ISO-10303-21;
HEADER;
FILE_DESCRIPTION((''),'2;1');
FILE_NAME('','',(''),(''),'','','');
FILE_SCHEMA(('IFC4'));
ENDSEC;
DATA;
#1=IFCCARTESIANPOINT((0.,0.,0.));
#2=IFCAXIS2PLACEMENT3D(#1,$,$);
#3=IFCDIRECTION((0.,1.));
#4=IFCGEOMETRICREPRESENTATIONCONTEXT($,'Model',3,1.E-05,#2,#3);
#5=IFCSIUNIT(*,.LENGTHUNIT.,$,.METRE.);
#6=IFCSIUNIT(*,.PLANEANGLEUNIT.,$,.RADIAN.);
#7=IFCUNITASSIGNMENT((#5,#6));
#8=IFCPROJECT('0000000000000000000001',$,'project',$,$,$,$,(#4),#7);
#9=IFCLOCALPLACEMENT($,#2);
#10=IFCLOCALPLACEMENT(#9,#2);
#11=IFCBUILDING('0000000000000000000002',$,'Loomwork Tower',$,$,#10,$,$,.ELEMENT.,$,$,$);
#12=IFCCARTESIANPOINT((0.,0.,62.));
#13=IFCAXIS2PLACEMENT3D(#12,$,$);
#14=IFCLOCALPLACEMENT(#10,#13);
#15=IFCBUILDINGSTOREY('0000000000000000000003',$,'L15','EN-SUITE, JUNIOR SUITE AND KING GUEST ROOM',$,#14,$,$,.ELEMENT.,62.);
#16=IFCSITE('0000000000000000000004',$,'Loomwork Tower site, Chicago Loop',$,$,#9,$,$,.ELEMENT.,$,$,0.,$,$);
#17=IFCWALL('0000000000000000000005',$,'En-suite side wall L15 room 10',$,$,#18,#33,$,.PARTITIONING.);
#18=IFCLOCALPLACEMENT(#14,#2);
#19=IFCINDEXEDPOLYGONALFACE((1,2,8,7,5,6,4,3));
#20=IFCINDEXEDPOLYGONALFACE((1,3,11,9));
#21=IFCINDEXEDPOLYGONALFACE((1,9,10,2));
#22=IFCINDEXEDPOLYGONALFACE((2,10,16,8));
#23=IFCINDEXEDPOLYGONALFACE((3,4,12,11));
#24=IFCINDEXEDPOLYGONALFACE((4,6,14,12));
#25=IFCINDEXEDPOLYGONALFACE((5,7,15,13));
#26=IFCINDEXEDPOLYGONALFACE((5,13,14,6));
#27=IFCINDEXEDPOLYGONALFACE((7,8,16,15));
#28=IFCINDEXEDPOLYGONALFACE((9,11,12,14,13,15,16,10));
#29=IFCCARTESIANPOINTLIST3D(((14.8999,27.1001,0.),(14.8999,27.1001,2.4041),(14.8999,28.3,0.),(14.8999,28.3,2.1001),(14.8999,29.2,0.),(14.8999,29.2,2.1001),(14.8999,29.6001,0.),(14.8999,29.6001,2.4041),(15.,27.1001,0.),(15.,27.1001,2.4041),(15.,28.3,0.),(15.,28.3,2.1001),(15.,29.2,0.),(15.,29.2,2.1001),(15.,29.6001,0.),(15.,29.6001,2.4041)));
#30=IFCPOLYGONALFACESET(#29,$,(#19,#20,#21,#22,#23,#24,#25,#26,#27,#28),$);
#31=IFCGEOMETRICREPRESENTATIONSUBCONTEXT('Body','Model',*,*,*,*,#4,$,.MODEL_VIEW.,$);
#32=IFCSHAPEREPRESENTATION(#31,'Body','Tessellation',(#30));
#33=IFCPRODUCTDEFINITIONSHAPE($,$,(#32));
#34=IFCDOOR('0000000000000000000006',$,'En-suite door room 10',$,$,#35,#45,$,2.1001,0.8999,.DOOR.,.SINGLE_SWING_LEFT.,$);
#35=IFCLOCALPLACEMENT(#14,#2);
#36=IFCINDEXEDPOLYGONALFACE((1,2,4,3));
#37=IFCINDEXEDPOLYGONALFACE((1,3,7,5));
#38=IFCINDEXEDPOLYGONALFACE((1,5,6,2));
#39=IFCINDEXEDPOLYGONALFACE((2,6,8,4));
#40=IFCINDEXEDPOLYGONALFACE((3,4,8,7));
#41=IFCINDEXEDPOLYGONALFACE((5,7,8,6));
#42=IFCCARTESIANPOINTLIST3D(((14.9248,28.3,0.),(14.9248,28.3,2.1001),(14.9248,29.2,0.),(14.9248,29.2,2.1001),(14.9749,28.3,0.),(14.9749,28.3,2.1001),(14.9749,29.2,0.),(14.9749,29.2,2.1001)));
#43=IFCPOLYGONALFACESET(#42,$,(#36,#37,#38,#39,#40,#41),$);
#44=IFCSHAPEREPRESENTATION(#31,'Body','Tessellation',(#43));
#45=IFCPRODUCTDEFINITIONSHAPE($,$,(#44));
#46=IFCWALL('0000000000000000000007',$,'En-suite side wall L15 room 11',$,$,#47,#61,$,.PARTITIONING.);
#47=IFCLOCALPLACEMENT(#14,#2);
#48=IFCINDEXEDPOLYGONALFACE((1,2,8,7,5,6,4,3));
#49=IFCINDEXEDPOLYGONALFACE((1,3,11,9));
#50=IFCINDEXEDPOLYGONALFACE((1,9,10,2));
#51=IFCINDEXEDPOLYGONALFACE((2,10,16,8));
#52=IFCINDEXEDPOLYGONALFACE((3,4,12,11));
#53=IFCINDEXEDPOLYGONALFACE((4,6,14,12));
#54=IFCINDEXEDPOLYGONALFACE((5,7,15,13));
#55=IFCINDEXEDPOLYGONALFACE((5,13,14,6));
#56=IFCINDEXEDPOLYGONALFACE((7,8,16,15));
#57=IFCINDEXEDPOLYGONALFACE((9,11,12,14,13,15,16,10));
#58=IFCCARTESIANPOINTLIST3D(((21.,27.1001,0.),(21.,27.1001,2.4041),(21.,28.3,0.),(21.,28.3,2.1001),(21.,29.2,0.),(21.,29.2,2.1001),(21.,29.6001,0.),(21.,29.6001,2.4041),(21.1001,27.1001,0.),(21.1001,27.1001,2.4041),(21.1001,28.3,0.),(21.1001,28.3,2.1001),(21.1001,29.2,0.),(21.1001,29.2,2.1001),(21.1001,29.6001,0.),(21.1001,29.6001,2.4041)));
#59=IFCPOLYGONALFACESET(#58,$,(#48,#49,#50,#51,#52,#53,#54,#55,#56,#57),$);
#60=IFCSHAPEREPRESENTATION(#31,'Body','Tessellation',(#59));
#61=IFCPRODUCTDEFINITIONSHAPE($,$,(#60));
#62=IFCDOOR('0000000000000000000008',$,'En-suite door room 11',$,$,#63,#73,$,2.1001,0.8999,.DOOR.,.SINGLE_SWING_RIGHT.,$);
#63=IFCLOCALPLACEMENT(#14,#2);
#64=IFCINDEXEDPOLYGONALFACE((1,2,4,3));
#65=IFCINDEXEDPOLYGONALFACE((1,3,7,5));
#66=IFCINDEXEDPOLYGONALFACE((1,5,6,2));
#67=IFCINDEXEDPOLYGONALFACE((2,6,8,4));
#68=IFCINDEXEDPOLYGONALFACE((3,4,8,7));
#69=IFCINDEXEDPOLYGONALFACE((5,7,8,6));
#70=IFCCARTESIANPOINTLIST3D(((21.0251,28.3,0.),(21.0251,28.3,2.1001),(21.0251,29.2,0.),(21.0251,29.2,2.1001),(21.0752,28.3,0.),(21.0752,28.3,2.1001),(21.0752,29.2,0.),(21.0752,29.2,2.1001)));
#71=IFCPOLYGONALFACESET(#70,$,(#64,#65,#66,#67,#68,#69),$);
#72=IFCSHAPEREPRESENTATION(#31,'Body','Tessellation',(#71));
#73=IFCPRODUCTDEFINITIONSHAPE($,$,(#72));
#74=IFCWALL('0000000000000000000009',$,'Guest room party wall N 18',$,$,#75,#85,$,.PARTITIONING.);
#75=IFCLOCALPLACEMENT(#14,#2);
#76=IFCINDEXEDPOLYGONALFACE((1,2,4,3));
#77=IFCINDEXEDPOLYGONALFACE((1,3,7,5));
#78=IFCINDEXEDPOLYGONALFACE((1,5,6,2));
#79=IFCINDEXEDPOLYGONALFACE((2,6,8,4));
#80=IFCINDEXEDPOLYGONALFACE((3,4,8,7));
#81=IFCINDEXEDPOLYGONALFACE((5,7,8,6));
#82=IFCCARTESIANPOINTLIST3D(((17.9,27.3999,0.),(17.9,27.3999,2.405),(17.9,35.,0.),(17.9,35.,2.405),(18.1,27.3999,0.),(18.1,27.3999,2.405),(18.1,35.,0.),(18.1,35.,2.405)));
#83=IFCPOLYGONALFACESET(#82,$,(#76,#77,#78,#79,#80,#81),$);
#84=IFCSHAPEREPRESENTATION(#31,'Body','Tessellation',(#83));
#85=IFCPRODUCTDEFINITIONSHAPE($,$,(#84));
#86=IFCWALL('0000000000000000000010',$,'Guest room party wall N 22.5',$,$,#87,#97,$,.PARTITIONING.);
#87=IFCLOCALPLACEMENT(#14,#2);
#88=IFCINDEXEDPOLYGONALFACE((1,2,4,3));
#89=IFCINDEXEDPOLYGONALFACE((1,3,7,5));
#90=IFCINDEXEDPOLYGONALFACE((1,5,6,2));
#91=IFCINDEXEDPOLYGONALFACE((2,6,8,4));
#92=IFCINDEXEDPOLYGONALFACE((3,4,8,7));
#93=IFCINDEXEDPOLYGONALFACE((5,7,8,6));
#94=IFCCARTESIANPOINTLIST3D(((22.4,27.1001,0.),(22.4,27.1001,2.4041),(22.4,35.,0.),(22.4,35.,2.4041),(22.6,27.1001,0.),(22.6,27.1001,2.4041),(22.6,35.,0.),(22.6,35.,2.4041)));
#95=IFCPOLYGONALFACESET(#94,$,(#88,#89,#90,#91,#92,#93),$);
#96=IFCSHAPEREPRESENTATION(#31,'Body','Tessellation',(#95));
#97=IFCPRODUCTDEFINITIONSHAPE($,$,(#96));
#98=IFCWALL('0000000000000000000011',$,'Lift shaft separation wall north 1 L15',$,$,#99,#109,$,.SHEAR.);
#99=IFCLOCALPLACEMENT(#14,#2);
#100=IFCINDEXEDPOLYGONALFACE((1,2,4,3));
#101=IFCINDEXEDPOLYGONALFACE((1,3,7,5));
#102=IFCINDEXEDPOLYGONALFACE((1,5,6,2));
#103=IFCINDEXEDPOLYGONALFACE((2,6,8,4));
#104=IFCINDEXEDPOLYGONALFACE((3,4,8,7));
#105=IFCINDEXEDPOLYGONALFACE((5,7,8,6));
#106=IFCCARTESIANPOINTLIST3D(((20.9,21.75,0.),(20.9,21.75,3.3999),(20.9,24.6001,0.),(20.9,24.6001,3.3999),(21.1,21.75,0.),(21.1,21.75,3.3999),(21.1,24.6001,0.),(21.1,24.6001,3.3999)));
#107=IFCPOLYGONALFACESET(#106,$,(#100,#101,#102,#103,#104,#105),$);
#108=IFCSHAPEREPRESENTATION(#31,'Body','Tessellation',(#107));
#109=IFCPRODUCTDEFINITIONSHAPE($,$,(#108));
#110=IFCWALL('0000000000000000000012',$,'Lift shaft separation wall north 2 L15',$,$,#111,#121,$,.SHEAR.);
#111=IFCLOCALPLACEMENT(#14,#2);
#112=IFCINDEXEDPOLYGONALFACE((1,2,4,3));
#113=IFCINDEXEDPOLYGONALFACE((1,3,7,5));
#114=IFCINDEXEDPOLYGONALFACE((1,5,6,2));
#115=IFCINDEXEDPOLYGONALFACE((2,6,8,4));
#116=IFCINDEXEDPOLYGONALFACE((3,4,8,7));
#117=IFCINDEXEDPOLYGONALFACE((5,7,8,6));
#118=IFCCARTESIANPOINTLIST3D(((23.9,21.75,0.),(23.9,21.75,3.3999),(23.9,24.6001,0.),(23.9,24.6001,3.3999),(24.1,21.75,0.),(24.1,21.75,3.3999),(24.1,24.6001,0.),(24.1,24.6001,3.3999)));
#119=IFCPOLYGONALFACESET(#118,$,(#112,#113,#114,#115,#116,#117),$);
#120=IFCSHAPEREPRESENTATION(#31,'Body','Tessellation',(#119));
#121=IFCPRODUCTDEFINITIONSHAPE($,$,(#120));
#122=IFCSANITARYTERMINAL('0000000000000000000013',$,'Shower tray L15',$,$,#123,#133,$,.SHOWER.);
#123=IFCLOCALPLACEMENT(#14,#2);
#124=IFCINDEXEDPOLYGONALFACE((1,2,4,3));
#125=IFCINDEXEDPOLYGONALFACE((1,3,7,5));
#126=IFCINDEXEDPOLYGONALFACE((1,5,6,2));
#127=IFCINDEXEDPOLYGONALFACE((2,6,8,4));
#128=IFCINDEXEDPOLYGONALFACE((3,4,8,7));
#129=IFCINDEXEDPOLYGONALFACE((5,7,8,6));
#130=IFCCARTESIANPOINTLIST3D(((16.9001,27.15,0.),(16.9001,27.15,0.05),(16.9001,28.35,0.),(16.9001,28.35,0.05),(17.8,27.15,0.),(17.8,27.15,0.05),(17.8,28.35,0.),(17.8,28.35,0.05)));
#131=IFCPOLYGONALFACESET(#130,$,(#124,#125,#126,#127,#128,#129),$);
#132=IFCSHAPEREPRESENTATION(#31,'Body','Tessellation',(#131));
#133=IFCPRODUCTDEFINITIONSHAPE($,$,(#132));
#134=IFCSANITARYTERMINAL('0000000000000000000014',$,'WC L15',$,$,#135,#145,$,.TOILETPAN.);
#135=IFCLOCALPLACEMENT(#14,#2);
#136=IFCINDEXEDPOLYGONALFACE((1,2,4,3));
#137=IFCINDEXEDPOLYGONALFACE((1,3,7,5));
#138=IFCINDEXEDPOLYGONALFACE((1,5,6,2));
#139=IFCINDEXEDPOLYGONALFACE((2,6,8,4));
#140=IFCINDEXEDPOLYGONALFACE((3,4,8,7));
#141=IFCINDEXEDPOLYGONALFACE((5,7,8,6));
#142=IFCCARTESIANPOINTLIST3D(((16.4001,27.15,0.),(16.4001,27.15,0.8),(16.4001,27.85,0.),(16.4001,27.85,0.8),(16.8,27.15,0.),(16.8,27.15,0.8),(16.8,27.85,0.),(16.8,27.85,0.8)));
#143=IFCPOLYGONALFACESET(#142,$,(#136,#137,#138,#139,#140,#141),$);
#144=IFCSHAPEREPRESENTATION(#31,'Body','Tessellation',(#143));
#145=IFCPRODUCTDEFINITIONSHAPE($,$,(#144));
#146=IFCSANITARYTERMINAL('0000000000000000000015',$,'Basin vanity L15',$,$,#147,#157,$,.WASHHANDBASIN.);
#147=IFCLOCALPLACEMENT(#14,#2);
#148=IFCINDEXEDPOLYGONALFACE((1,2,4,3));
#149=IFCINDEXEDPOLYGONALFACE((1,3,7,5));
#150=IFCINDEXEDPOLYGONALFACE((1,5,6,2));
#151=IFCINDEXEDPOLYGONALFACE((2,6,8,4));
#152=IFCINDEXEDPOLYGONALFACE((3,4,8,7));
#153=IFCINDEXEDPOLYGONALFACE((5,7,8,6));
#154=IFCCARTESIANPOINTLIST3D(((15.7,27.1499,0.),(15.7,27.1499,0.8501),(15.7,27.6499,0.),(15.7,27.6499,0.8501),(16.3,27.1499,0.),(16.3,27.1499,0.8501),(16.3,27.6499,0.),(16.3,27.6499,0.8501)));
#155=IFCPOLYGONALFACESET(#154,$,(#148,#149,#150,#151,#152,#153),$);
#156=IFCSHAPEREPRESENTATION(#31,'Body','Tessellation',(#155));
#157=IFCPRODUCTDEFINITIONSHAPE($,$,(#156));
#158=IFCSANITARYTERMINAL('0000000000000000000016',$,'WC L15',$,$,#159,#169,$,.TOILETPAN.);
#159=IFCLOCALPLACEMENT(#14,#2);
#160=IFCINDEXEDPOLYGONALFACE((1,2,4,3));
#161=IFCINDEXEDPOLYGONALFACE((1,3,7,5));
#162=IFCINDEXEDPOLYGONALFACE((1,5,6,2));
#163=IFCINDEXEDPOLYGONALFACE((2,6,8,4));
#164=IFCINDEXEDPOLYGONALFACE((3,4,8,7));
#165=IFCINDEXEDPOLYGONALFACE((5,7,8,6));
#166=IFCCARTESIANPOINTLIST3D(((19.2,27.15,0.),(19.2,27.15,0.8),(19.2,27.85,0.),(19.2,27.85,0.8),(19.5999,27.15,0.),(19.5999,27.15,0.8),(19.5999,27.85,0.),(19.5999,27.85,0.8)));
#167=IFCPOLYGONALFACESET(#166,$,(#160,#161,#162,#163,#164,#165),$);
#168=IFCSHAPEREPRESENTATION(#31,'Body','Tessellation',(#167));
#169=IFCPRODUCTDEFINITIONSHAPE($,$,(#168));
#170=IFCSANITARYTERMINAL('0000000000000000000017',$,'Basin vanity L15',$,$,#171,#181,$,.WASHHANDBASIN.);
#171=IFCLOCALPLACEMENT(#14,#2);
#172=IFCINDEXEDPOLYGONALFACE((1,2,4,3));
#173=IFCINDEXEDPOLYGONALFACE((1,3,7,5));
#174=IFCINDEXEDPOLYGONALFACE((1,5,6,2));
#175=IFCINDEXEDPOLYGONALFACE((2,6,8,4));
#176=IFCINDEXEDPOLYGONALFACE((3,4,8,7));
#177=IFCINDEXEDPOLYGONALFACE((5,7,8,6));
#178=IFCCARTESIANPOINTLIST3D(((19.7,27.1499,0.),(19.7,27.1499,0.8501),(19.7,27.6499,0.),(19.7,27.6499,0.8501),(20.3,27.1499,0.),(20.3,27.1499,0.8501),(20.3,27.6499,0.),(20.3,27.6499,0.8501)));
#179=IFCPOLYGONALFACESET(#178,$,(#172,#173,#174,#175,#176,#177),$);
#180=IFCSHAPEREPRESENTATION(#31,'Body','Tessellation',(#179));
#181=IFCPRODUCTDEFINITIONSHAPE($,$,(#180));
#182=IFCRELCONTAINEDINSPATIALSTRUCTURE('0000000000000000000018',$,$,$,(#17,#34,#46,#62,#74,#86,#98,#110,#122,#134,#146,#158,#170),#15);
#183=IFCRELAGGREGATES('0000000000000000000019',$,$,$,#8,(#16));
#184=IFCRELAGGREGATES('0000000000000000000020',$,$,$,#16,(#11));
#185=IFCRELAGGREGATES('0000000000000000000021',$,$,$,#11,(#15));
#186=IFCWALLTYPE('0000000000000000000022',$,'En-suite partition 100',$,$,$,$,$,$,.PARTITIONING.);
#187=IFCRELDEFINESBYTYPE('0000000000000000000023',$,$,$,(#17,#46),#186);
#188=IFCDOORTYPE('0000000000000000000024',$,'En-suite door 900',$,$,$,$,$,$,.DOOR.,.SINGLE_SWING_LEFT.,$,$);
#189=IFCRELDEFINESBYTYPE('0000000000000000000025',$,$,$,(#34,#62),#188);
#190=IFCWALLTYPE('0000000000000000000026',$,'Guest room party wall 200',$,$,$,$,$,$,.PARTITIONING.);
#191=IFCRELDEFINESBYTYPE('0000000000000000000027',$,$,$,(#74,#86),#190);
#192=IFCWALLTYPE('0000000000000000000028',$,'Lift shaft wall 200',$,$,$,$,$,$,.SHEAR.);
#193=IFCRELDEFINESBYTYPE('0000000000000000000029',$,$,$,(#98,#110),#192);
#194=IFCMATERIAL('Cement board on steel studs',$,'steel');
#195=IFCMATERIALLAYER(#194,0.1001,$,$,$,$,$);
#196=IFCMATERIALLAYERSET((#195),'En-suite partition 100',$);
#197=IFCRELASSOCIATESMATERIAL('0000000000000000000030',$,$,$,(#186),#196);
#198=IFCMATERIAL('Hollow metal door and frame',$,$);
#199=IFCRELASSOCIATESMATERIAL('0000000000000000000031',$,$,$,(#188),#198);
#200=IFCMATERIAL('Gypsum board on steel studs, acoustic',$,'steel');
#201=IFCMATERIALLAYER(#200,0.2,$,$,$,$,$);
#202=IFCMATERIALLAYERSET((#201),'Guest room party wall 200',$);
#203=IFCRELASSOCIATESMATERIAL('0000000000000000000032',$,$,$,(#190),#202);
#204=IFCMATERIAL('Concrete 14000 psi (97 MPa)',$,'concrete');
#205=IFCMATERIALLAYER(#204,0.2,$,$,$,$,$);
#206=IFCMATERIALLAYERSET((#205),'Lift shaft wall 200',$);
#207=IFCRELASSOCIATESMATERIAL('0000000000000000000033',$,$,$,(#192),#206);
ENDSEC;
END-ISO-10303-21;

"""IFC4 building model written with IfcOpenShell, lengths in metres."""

from ifc_helpers import new_model, si_unit, direction, frame, frame_2d, origin, origin_2d, place, context, subcontext, project, spatial, rectangle, extrude, material, layer, layer_set, type_object, element, fill, save


model = new_model("IFC4")

# Units and contexts
model_context = context("Model", 3, precision=1e-05, world=origin(), true_north=direction((0.0, 1.0)))
body_context = subcontext(model_context, "Body", "Model", "MODEL_VIEW")
ifc_project = project(units=[si_unit("LENGTHUNIT", "METRE"), si_unit("PLANEANGLEUNIT", "RADIAN")], contexts=[model_context])

# Site, building, storey
site_placement = place(None, origin())
site = spatial("IfcSite", under=ifc_project, at=site_placement, Name="Loomwork Tower site, Chicago Loop", CompositionType="ELEMENT", RefElevation=0.0)
building_placement = place(site_placement, origin())
building = spatial("IfcBuilding", under=site, at=building_placement, Name="Loomwork Tower", CompositionType="ELEMENT")
storey_placement = place(building_placement, frame((0.0, 0.0, 62.0)))
storey = spatial("IfcBuildingStorey", under=building, at=storey_placement, Name="L15", Description="EN-SUITE, JUNIOR SUITE AND KING GUEST ROOM", CompositionType="ELEMENT", Elevation=62.0)

# Walls, openings, doors
ifc_material_1 = material(Name="Cement board on steel studs", Category="steel")
ifc_layer_1 = layer(ifc_material_1, 0.1001)
ifc_layer_set_1 = layer_set([ifc_layer_1], Name="En-suite partition 100")
wall_type_1 = type_object("IfcWallType", Name="En-suite partition 100", PredefinedType="PARTITIONING", material=ifc_layer_set_1)
wall_1_placement = place(storey_placement, frame((14.95, 27.1001, 0.0), z_axis=(0.0, 0.0, 1.0), x_axis=(0.0, 1.0, 0.0)))
wall_1 = element("IfcWall", 1, at=wall_1_placement, inside=storey, type_object=wall_type_1, Name="En-suite side wall L15 room 10", PredefinedType="PARTITIONING", context=body_context, shape_type="SweptSolid", body=[
    extrude(rectangle(XDim=2.5, YDim=0.1001, at=frame_2d((1.25, 0.0))), origin(), (0.0, 0.0, 1.0), 2.4041),
])
opening_1_placement = place(wall_1_placement, frame((1.2, 0.0, 0.0)))
opening_1 = element("IfcOpeningElement", 2, at=opening_1_placement, cuts=wall_1, PredefinedType="OPENING", context=body_context, shape_type="SweptSolid", body=[
    extrude(rectangle(XDim=0.8999, YDim=2.1001, at=frame_2d((0.45, 1.05))), frame((0.0, 0.0601, 0.0), z_axis=(0.0, -1.0, 0.0), x_axis=(1.0, 0.0, 0.0)), (0.0, 0.0, 1.0), 0.1201),
])
ifc_material_2 = material(Name="Hollow metal door and frame")
door_type_1 = type_object("IfcDoorType", Name="En-suite door 900", OperationType="SINGLE_SWING_LEFT", PredefinedType="DOOR", material=ifc_material_2)
door_1_placement = place(opening_1_placement, frame((0.8999, 0.0, 0.0), z_axis=(0.0, 0.0, 1.0), x_axis=(-1.0, 0.0, 0.0)))
door_1 = element("IfcDoor", 3, at=door_1_placement, inside=storey, type_object=door_type_1, Name="En-suite door room 10", OperationType="SINGLE_SWING_LEFT", OverallHeight=2.1001, OverallWidth=0.8999, PredefinedType="DOOR", context=body_context, shape_type="SweptSolid", body=[
    extrude(rectangle(XDim=0.8999, YDim=2.1001, at=frame_2d((0.45, 1.05))), frame((0.0, 0.0249, 0.0), z_axis=(0.0, -1.0, 0.0), x_axis=(1.0, 0.0, 0.0)), (0.0, 0.0, 1.0), 0.05),
])
fill(opening_1, door_1)
wall_2_placement = place(storey_placement, frame((21.05, 27.1001, 0.0), z_axis=(0.0, 0.0, 1.0), x_axis=(0.0, 1.0, 0.0)))
wall_2 = element("IfcWall", 4, at=wall_2_placement, inside=storey, type_object=wall_type_1, Name="En-suite side wall L15 room 11", PredefinedType="PARTITIONING", context=body_context, shape_type="SweptSolid", body=[
    extrude(rectangle(XDim=2.5, YDim=0.1001, at=frame_2d((1.25, 0.0))), origin(), (0.0, 0.0, 1.0), 2.4041),
])
opening_2_placement = place(wall_2_placement, frame((1.2, 0.0, 0.0)))
opening_2 = element("IfcOpeningElement", 5, at=opening_2_placement, cuts=wall_2, PredefinedType="OPENING", context=body_context, shape_type="SweptSolid", body=[
    extrude(rectangle(XDim=0.8999, YDim=2.1001, at=frame_2d((0.45, 1.05))), frame((0.0, 0.0601, 0.0), z_axis=(0.0, -1.0, 0.0), x_axis=(1.0, 0.0, 0.0)), (0.0, 0.0, 1.0), 0.1201),
])
door_2_placement = place(opening_2_placement, origin())
door_2 = element("IfcDoor", 6, at=door_2_placement, inside=storey, type_object=door_type_1, Name="En-suite door room 11", OperationType="SINGLE_SWING_RIGHT", OverallHeight=2.1001, OverallWidth=0.8999, PredefinedType="DOOR", context=body_context, shape_type="SweptSolid", body=[
    extrude(rectangle(XDim=0.8999, YDim=2.1001, at=frame_2d((0.45, 1.05))), frame((0.0, 0.0249, 0.0), z_axis=(0.0, -1.0, 0.0), x_axis=(1.0, 0.0, 0.0)), (0.0, 0.0, 1.0), 0.05),
])
fill(opening_2, door_2)

# Walls
ifc_material_3 = material(Name="Gypsum board on steel studs, acoustic", Category="steel")
ifc_layer_2 = layer(ifc_material_3, 0.2)
ifc_layer_set_2 = layer_set([ifc_layer_2], Name="Guest room party wall 200")
wall_type_2 = type_object("IfcWallType", Name="Guest room party wall 200", PredefinedType="PARTITIONING", material=ifc_layer_set_2)
wall_3_placement = place(storey_placement, frame((18.0, 27.3999, 0.0), z_axis=(0.0, 0.0, 1.0), x_axis=(0.0, 1.0, 0.0)))
element("IfcWall", 7, at=wall_3_placement, inside=storey, type_object=wall_type_2, Name="Guest room party wall N 18", PredefinedType="PARTITIONING", context=body_context, shape_type="SweptSolid", body=[
    extrude(rectangle(XDim=7.6001, YDim=0.2, at=frame_2d((3.8, 0.0))), origin(), (0.0, 0.0, 1.0), 2.405),
])
wall_4_placement = place(storey_placement, frame((22.5, 27.1001, 0.0), z_axis=(0.0, 0.0, 1.0), x_axis=(0.0, 1.0, 0.0)))
element("IfcWall", 8, at=wall_4_placement, inside=storey, type_object=wall_type_2, Name="Guest room party wall N 22.5", PredefinedType="PARTITIONING", context=body_context, shape_type="SweptSolid", body=[
    extrude(rectangle(XDim=7.8999, YDim=0.2, at=frame_2d((3.95, 0.0))), origin(), (0.0, 0.0, 1.0), 2.4041),
])
ifc_material_4 = material(Name="Concrete 14000 psi (97 MPa)", Category="concrete")
ifc_layer_3 = layer(ifc_material_4, 0.2)
ifc_layer_set_3 = layer_set([ifc_layer_3], Name="Lift shaft wall 200")
wall_type_3 = type_object("IfcWallType", Name="Lift shaft wall 200", PredefinedType="SHEAR", material=ifc_layer_set_3)
for number, where, z_axis, x_axis, name in (
    (9, (21.0, 21.75, 0.0), (0.0, 0.0, 1.0), (0.0, 1.0, 0.0), "Lift shaft separation wall north 1 L15"),
    (10, (24.0, 21.75, 0.0), (0.0, 0.0, 1.0), (0.0, 1.0, 0.0), "Lift shaft separation wall north 2 L15"),
):
    element("IfcWall", number, at=place(storey_placement, frame(where, z_axis=z_axis, x_axis=x_axis)), inside=storey, type_object=wall_type_3, Name=name, PredefinedType="SHEAR", context=body_context, shape_type="SweptSolid", body=[
        extrude(rectangle(XDim=2.8501, YDim=0.2, at=frame_2d((1.425, 0.0))), origin(), (0.0, 0.0, 1.0), 3.3999),
    ])

# Sanitary terminals
sanitary_terminal_1_placement = place(storey_placement, frame((17.3501, 27.75, 0.0), z_axis=(0.0, 0.0, 1.0), x_axis=(1.0, 0.0, 0.0)))
element("IfcSanitaryTerminal", 11, at=sanitary_terminal_1_placement, inside=storey, Name="Shower tray L15", PredefinedType="SHOWER", context=body_context, shape_type="SweptSolid", body=[
    extrude(rectangle(XDim=0.8999, YDim=1.2, at=origin_2d()), origin(), (0.0, 0.0, 1.0), 0.05),
])
sanitary_terminal_2_placement = place(storey_placement, frame((16.6001, 27.5, 0.0), z_axis=(0.0, 0.0, 1.0), x_axis=(1.0, 0.0, 0.0)))
element("IfcSanitaryTerminal", 12, at=sanitary_terminal_2_placement, inside=storey, Name="WC L15", PredefinedType="TOILETPAN", context=body_context, shape_type="SweptSolid", body=[
    extrude(rectangle(XDim=0.3999, YDim=0.7, at=origin_2d()), origin(), (0.0, 0.0, 1.0), 0.8),
])
sanitary_terminal_3_placement = place(storey_placement, frame((16.0, 27.3999, 0.0), z_axis=(0.0, 0.0, 1.0), x_axis=(1.0, 0.0, 0.0)))
element("IfcSanitaryTerminal", 13, at=sanitary_terminal_3_placement, inside=storey, Name="Basin vanity L15", PredefinedType="WASHHANDBASIN", context=body_context, shape_type="SweptSolid", body=[
    extrude(rectangle(XDim=0.6001, YDim=0.5, at=origin_2d()), origin(), (0.0, 0.0, 1.0), 0.8501),
])
sanitary_terminal_4_placement = place(storey_placement, frame((19.3999, 27.5, 0.0), z_axis=(0.0, 0.0, 1.0), x_axis=(1.0, 0.0, 0.0)))
element("IfcSanitaryTerminal", 14, at=sanitary_terminal_4_placement, inside=storey, Name="WC L15", PredefinedType="TOILETPAN", context=body_context, shape_type="SweptSolid", body=[
    extrude(rectangle(XDim=0.3999, YDim=0.7, at=origin_2d()), origin(), (0.0, 0.0, 1.0), 0.8),
])
sanitary_terminal_5_placement = place(storey_placement, frame((20.0, 27.3999, 0.0), z_axis=(0.0, 0.0, 1.0), x_axis=(1.0, 0.0, 0.0)))
element("IfcSanitaryTerminal", 15, at=sanitary_terminal_5_placement, inside=storey, Name="Basin vanity L15", PredefinedType="WASHHANDBASIN", context=body_context, shape_type="SweptSolid", body=[
    extrude(rectangle(XDim=0.6001, YDim=0.5, at=origin_2d()), origin(), (0.0, 0.0, 1.0), 0.8501),
])

save(model, "model.ifc")
